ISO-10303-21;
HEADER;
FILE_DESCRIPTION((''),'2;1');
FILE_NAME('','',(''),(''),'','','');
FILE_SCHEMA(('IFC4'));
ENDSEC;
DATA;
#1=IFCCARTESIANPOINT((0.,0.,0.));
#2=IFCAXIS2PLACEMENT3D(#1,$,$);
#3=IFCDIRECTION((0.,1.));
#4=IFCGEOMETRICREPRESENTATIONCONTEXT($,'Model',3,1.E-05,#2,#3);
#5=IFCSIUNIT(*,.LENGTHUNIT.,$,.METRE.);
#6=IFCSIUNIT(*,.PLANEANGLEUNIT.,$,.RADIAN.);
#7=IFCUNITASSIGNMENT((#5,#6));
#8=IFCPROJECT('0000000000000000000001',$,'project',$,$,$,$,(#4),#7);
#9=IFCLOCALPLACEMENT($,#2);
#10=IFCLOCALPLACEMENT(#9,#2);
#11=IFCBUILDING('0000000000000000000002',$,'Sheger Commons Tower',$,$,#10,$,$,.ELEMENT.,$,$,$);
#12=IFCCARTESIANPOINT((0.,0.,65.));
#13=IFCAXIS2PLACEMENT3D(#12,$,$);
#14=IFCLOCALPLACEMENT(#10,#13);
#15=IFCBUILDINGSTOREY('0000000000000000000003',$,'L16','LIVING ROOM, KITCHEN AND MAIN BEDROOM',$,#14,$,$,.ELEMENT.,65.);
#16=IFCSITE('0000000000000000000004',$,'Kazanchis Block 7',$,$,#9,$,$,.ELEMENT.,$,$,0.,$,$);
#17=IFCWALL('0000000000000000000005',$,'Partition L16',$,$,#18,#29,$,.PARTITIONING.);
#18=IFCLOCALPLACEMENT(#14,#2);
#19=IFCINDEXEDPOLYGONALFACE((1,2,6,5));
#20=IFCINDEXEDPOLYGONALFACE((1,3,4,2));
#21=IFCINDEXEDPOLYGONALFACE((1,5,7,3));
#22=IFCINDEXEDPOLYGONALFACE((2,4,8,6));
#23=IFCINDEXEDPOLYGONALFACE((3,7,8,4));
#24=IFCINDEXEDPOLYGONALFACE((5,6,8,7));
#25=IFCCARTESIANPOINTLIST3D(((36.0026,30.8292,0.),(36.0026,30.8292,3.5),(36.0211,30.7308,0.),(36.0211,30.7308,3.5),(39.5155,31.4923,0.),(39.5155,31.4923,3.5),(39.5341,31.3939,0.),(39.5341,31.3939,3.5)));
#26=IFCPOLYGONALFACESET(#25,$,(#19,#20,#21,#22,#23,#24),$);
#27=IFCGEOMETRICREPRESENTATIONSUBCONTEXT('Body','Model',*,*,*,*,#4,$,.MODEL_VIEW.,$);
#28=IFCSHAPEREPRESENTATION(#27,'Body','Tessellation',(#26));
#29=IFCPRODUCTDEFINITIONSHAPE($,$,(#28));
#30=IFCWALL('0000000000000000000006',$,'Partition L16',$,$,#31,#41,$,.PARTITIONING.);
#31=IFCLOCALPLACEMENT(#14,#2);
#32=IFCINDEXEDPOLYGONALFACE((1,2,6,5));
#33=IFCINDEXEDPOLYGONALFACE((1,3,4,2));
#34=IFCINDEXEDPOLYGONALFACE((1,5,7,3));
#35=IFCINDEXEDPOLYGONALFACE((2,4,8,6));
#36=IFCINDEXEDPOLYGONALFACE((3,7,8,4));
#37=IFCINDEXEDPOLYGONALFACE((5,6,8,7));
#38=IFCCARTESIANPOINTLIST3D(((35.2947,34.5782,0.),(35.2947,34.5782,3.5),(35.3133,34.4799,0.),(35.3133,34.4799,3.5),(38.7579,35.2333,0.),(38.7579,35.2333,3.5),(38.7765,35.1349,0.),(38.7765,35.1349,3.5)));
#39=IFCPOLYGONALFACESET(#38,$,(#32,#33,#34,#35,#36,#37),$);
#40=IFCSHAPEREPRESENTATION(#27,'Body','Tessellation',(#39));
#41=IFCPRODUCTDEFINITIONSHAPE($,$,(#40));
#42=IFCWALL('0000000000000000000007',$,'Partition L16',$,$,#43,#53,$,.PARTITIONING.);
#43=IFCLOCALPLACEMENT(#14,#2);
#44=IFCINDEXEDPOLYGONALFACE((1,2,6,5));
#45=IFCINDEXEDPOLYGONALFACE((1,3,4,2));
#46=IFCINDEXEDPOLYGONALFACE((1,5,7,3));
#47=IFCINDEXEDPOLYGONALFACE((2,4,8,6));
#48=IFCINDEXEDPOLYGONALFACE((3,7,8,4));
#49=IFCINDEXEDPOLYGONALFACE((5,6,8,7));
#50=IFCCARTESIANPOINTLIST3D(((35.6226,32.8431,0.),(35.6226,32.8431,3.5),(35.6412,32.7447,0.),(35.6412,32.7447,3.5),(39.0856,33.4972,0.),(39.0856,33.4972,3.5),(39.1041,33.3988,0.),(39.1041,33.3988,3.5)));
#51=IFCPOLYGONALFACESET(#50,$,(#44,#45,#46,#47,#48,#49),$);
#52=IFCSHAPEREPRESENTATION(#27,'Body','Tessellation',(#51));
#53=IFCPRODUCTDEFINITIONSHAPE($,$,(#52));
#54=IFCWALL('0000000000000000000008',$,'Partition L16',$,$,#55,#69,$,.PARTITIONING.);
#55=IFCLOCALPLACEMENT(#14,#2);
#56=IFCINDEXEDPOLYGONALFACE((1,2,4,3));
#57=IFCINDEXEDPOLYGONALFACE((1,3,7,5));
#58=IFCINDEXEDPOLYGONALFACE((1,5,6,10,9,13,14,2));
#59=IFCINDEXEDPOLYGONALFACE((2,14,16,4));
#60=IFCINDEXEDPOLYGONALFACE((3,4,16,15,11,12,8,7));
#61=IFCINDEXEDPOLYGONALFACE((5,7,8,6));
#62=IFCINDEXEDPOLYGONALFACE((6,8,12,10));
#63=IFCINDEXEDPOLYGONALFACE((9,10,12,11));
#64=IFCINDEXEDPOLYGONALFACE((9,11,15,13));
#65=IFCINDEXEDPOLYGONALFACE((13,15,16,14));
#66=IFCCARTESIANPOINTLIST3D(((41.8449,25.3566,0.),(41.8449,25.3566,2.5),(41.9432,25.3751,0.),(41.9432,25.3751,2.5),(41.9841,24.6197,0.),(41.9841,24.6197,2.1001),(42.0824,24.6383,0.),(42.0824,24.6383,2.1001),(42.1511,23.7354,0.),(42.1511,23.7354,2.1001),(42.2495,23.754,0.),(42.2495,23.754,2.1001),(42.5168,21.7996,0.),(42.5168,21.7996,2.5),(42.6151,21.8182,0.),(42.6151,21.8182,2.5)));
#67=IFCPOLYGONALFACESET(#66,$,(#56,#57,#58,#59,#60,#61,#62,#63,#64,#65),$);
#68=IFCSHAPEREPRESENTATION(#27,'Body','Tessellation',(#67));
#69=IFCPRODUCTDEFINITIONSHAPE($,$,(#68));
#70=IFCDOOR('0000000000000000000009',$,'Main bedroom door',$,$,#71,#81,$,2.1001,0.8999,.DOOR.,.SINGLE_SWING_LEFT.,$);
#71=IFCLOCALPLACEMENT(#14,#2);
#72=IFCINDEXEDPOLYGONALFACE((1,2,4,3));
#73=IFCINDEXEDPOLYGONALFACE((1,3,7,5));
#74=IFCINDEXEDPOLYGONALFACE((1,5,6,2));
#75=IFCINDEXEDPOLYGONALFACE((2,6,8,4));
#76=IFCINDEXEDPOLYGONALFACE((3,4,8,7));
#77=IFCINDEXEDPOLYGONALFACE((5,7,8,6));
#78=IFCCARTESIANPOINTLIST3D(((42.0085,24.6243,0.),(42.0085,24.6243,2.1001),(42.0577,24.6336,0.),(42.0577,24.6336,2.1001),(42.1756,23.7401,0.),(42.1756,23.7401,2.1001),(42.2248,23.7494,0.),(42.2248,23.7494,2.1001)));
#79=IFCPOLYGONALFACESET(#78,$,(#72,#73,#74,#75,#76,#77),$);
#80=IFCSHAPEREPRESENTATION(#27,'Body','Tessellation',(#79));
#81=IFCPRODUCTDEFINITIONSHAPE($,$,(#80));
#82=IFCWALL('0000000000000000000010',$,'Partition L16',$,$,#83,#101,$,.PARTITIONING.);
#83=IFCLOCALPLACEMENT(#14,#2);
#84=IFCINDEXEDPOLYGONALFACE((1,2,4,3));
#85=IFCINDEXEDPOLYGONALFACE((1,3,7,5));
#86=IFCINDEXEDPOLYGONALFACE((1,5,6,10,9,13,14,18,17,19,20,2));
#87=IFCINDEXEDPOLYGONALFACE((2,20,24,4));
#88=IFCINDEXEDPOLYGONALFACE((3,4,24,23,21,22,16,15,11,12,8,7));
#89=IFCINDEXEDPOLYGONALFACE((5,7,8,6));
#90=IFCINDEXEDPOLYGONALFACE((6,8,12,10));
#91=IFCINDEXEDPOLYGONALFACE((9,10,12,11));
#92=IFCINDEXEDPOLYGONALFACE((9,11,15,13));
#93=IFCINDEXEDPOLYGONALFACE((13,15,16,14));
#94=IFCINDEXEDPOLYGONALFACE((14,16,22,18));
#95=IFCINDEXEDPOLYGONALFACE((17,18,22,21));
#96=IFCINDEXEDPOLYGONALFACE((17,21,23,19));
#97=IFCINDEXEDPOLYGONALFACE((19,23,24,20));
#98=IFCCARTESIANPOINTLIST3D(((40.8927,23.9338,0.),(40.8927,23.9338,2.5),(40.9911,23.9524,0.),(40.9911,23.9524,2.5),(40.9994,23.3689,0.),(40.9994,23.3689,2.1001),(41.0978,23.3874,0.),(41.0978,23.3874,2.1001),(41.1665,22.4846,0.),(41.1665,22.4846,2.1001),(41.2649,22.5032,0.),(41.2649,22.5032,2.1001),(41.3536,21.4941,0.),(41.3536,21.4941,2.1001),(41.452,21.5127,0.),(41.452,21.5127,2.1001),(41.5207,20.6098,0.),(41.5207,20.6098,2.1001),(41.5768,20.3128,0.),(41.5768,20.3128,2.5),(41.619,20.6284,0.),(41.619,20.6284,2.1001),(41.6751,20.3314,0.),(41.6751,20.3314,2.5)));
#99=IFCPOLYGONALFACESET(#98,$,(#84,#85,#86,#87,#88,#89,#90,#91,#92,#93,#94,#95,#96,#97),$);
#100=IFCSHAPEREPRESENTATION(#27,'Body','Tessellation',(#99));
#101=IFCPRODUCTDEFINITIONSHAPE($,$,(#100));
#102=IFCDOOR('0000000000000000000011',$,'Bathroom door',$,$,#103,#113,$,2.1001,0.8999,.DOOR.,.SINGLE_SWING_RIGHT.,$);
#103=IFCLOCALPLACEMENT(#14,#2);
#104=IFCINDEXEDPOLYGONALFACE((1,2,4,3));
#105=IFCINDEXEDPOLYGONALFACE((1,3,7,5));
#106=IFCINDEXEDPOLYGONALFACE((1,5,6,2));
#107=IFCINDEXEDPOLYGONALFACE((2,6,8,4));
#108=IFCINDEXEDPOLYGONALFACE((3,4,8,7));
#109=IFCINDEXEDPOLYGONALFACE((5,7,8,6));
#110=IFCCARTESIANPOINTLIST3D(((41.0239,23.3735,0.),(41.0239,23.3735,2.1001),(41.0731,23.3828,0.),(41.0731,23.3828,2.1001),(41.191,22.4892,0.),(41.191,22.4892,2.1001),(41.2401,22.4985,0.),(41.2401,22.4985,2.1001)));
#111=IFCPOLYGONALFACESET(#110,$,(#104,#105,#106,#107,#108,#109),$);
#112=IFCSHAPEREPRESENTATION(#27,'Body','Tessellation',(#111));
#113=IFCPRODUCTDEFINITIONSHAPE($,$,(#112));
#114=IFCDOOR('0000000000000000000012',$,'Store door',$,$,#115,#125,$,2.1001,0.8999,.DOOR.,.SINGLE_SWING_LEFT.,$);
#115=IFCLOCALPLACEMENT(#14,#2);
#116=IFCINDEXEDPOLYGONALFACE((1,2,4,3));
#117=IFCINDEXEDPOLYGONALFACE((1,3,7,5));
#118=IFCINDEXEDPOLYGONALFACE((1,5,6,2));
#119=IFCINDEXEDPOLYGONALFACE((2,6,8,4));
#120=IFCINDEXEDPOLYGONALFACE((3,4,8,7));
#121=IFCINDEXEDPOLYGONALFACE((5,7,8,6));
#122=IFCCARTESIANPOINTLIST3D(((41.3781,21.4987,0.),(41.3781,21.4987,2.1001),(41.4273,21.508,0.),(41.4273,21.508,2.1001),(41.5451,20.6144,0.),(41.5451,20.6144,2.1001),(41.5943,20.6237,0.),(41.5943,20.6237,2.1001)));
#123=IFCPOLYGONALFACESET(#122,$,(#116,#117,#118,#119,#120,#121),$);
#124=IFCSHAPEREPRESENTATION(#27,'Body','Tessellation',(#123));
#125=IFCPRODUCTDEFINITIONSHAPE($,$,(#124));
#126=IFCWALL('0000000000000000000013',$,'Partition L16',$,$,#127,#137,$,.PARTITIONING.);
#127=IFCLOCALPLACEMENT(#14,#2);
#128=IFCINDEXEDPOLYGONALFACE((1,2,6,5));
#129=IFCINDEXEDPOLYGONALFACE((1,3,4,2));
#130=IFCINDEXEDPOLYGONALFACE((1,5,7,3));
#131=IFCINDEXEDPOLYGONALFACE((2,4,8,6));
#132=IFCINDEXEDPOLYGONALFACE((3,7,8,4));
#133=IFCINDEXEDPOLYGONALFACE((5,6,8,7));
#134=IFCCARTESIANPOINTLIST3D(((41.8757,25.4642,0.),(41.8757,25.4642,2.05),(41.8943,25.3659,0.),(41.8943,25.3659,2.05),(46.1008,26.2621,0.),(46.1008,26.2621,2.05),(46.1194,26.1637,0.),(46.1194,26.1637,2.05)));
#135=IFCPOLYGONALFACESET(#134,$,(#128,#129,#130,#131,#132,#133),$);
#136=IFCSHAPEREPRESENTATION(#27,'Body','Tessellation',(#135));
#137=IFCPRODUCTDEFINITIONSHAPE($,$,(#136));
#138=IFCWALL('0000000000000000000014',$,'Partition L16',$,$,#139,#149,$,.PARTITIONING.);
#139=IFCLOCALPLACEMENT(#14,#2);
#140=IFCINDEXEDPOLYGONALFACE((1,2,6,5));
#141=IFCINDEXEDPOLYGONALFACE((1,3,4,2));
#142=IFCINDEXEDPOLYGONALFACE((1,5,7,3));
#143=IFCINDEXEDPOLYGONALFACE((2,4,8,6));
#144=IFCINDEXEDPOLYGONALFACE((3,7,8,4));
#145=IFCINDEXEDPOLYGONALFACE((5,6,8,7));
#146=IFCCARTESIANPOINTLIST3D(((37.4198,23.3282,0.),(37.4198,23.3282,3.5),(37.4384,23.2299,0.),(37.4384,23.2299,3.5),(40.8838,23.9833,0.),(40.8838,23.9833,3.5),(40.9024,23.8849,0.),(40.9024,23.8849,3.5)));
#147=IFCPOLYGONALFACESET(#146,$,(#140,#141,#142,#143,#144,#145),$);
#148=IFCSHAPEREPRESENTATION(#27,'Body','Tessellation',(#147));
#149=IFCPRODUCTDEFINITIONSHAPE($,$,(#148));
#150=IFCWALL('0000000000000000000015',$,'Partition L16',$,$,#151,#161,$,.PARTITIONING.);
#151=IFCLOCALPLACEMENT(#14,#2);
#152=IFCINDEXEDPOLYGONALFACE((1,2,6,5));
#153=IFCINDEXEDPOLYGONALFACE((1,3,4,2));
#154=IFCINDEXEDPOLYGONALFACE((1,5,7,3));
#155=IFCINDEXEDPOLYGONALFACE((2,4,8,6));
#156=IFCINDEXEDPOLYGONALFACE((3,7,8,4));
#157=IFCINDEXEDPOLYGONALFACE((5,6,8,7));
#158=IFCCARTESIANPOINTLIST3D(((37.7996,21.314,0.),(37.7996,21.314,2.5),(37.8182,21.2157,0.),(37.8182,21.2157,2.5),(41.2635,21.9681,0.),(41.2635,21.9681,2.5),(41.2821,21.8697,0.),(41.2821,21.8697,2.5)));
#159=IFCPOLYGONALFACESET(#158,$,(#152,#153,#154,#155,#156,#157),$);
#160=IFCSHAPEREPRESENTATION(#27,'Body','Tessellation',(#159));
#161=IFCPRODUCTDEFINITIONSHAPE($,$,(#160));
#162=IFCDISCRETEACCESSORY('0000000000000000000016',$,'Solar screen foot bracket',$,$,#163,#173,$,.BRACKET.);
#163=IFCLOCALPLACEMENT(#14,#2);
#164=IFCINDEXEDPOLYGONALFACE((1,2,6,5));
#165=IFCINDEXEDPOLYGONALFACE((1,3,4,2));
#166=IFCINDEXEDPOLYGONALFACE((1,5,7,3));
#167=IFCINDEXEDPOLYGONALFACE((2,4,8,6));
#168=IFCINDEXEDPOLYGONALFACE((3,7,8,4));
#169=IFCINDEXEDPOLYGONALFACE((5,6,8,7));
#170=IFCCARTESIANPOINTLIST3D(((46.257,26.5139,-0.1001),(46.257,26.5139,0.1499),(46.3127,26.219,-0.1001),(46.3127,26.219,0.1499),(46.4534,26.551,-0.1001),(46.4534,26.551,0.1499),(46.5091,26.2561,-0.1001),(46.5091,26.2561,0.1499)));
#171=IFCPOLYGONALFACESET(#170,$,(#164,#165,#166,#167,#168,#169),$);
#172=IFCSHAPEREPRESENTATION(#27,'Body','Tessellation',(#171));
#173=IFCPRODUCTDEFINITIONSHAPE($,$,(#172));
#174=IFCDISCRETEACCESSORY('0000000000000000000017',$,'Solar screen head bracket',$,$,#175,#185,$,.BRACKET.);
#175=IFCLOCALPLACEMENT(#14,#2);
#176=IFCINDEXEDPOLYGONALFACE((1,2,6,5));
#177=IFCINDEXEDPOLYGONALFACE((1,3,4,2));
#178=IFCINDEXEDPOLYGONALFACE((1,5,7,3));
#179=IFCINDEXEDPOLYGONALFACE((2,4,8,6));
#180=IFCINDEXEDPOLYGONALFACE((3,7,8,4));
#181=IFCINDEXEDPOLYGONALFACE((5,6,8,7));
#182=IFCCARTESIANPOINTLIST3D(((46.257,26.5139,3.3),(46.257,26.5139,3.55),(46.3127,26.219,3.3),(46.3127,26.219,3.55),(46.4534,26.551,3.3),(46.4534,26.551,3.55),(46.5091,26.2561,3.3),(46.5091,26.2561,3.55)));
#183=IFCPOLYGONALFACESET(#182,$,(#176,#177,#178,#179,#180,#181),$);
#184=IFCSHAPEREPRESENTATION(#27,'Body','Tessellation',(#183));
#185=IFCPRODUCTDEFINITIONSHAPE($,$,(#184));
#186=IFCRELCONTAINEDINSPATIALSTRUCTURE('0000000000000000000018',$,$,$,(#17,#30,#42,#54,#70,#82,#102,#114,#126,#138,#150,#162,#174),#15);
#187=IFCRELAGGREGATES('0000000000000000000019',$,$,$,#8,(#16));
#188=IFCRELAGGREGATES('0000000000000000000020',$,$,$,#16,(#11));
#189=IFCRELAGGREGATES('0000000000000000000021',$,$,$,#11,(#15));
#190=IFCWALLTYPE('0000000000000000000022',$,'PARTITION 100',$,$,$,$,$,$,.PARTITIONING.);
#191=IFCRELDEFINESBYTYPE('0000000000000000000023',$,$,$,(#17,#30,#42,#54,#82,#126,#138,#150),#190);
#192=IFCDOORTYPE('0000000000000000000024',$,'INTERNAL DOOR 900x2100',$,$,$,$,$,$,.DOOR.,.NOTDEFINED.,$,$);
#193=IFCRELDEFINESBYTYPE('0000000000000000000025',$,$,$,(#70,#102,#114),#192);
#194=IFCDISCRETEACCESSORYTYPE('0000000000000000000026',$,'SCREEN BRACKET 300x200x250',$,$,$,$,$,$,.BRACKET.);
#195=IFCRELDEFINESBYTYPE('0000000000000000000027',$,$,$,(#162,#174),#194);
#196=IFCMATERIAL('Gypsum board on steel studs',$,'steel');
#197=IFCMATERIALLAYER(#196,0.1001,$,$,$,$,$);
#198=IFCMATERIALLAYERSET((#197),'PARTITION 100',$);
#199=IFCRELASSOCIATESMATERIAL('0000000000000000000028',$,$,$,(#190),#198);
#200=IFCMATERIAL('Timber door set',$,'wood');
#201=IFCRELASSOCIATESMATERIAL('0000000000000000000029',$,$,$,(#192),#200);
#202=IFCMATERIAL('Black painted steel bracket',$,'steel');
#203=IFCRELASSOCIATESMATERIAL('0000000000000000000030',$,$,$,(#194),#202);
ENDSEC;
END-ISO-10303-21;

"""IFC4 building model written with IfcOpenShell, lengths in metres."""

from ifc_helpers import new_model, si_unit, direction, frame, frame_2d, origin, origin_2d, place, context, subcontext, project, spatial, rectangle, extrude, material, layer, layer_set, type_object, element, fill, save


model = new_model("IFC4")

# Units and contexts
model_context = context("Model", 3, precision=1e-05, world=origin(), true_north=direction((0.0, 1.0)))
body_context = subcontext(model_context, "Body", "Model", "MODEL_VIEW")
ifc_project = project(units=[si_unit("LENGTHUNIT", "METRE"), si_unit("PLANEANGLEUNIT", "RADIAN")], contexts=[model_context])

# Site, building, storey
site_placement = place(None, origin())
site = spatial("IfcSite", under=ifc_project, at=site_placement, Name="Kazanchis Block 7", CompositionType="ELEMENT", RefElevation=0.0)
building_placement = place(site_placement, origin())
building = spatial("IfcBuilding", under=site, at=building_placement, Name="Sheger Commons Tower", CompositionType="ELEMENT")
storey_placement = place(building_placement, frame((0.0, 0.0, 65.0)))
storey = spatial("IfcBuildingStorey", under=building, at=storey_placement, Name="L16", Description="LIVING ROOM, KITCHEN AND MAIN BEDROOM", CompositionType="ELEMENT", Elevation=65.0)

# Walls
ifc_material_1 = material(Name="Gypsum board on steel studs", Category="steel")
ifc_layer_1 = layer(ifc_material_1, 0.1001)
ifc_layer_set_1 = layer_set([ifc_layer_1], Name="PARTITION 100")
wall_type_1 = type_object("IfcWallType", Name="PARTITION 100", PredefinedType="PARTITIONING", material=ifc_layer_set_1)
wall_1_placement = place(storey_placement, frame((39.5249, 31.4431, 0.0), z_axis=(0.0, 0.0, 1.0), x_axis=(-0.982648, -0.18548, 0.0)))
element("IfcWall", 1, at=wall_1_placement, inside=storey, type_object=wall_type_1, Name="Partition L16", PredefinedType="PARTITIONING", context=body_context, shape_type="SweptSolid", body=[
    extrude(rectangle(XDim=3.575, YDim=0.1001, at=frame_2d((1.7876, 0.0))), origin(), (0.0, 0.0, 1.0), 3.5),
])
wall_2_placement = place(storey_placement, frame((38.7671, 35.1841, 0.0), z_axis=(0.0, 0.0, 1.0), x_axis=(-0.982578, -0.185848, 0.0)))
element("IfcWall", 2, at=wall_2_placement, inside=storey, type_object=wall_type_1, Name="Partition L16", PredefinedType="PARTITIONING", context=body_context, shape_type="SweptSolid", body=[
    extrude(rectangle(XDim=3.5247, YDim=0.1001, at=frame_2d((1.7622, 0.0))), origin(), (0.0, 0.0, 1.0), 3.5),
])
wall_3_placement = place(storey_placement, frame((39.095, 33.448, 0.0), z_axis=(0.0, 0.0, 1.0), x_axis=(-0.982627, -0.185593, 0.0)))
element("IfcWall", 3, at=wall_3_placement, inside=storey, type_object=wall_type_1, Name="Partition L16", PredefinedType="PARTITIONING", context=body_context, shape_type="SweptSolid", body=[
    extrude(rectangle(XDim=3.5242, YDim=0.1001, at=frame_2d((1.7622, 0.0))), origin(), (0.0, 0.0, 1.0), 3.5),
])

# Wall, opening, door
wall_4_placement = place(storey_placement, frame((41.894, 25.366, 0.0), z_axis=(0.0, 0.0, 1.0), x_axis=(0.185612, -0.982623, 0.0)))
wall_4 = element("IfcWall", 4, at=wall_4_placement, inside=storey, type_object=wall_type_1, Name="Partition L16", PredefinedType="PARTITIONING", context=body_context, shape_type="SweptSolid", body=[
    extrude(rectangle(XDim=3.6199, YDim=0.1001, at=frame_2d((1.8101, 0.0))), origin(), (0.0, 0.0, 1.0), 2.5),
])
opening_1_placement = place(wall_4_placement, frame((0.75, 0.0, 0.0)))
opening_1 = element("IfcOpeningElement", 5, at=opening_1_placement, cuts=wall_4, PredefinedType="OPENING", context=body_context, shape_type="SweptSolid", body=[
    extrude(rectangle(XDim=0.8999, YDim=2.1001, at=frame_2d((0.45, 1.05))), frame((0.0, 0.0601, 0.0), z_axis=(0.0, -1.0, 0.0), x_axis=(1.0, 0.0, 0.0)), (0.0, 0.0, 1.0), 0.1201),
])
ifc_material_2 = material(Name="Timber door set", Category="wood")
door_type = type_object("IfcDoorType", Name="INTERNAL DOOR 900x2100", OperationType="NOTDEFINED", PredefinedType="DOOR", material=ifc_material_2)
door_1_placement = place(opening_1_placement, origin())
door_1 = element("IfcDoor", 6, at=door_1_placement, inside=storey, type_object=door_type, Name="Main bedroom door", OperationType="SINGLE_SWING_LEFT", OverallHeight=2.1001, OverallWidth=0.8999, PredefinedType="DOOR", context=body_context, shape_type="SweptSolid", body=[
    extrude(rectangle(XDim=0.8999, YDim=2.1001, at=frame_2d((0.45, 1.05))), frame((0.0, 0.0249, 0.0), z_axis=(0.0, -1.0, 0.0), x_axis=(1.0, 0.0, 0.0)), (0.0, 0.0, 1.0), 0.05),
])
fill(opening_1, door_1)

# Wall, openings, doors
wall_5_placement = place(storey_placement, frame((40.9419, 23.9431, 0.0), z_axis=(0.0, 0.0, 1.0), x_axis=(0.185632, -0.982619, 0.0)))
wall_5 = element("IfcWall", 7, at=wall_5_placement, inside=storey, type_object=wall_type_1, Name="Partition L16", PredefinedType="PARTITIONING", context=body_context, shape_type="SweptSolid", body=[
    extrude(rectangle(XDim=3.6851, YDim=0.1001, at=frame_2d((1.8425, 0.0))), origin(), (0.0, 0.0, 1.0), 2.5),
])
opening_2_placement = place(wall_5_placement, frame((0.575, 0.0, 0.0)))
opening_2 = element("IfcOpeningElement", 8, at=opening_2_placement, cuts=wall_5, PredefinedType="OPENING", context=body_context, shape_type="SweptSolid", body=[
    extrude(rectangle(XDim=0.8999, YDim=2.1001, at=frame_2d((0.45, 1.05))), frame((0.0, 0.0601, 0.0), z_axis=(0.0, -1.0, 0.0), x_axis=(1.0, 0.0, 0.0)), (0.0, 0.0, 1.0), 0.1201),
])
opening_3_placement = place(wall_5_placement, frame((2.4829, 0.0, 0.0)))
opening_3 = element("IfcOpeningElement", 9, at=opening_3_placement, cuts=wall_5, PredefinedType="OPENING", context=body_context, shape_type="SweptSolid", body=[
    extrude(rectangle(XDim=0.8999, YDim=2.1001, at=frame_2d((0.45, 1.05))), frame((0.0, 0.0601, 0.0), z_axis=(0.0, -1.0, 0.0), x_axis=(1.0, 0.0, 0.0)), (0.0, 0.0, 1.0), 0.1201),
])
door_2_placement = place(opening_2_placement, origin())
door_2 = element("IfcDoor", 10, at=door_2_placement, inside=storey, type_object=door_type, Name="Bathroom door", OperationType="SINGLE_SWING_RIGHT", OverallHeight=2.1001, OverallWidth=0.8999, PredefinedType="DOOR", context=body_context, shape_type="SweptSolid", body=[
    extrude(rectangle(XDim=0.8999, YDim=2.1001, at=frame_2d((0.45, 1.05))), frame((0.0, 0.0249, 0.0), z_axis=(0.0, -1.0, 0.0), x_axis=(1.0, 0.0, 0.0)), (0.0, 0.0, 1.0), 0.05),
])
fill(opening_2, door_2)
door_3_placement = place(opening_3_placement, origin())
door_3 = element("IfcDoor", 11, at=door_3_placement, inside=storey, type_object=door_type, Name="Store door", OperationType="SINGLE_SWING_LEFT", OverallHeight=2.1001, OverallWidth=0.8999, PredefinedType="DOOR", context=body_context, shape_type="SweptSolid", body=[
    extrude(rectangle(XDim=0.8999, YDim=2.1001, at=frame_2d((0.45, 1.05))), frame((0.0, 0.0249, 0.0), z_axis=(0.0, -1.0, 0.0), x_axis=(1.0, 0.0, 0.0)), (0.0, 0.0, 1.0), 0.05),
])
fill(opening_3, door_3)

# Walls
wall_6_placement = place(storey_placement, frame((46.1101, 26.2129, 0.0), z_axis=(0.0, 0.0, 1.0), x_axis=(-0.982634, -0.185557, 0.0)))
element("IfcWall", 12, at=wall_6_placement, inside=storey, type_object=wall_type_1, Name="Partition L16", PredefinedType="PARTITIONING", context=body_context, shape_type="SweptSolid", body=[
    extrude(rectangle(XDim=4.2998, YDim=0.1001, at=frame_2d((2.1499, 0.0))), origin(), (0.0, 0.0, 1.0), 2.05),
])
wall_7_placement = place(storey_placement, frame((40.8931, 23.9341, 0.0), z_axis=(0.0, 0.0, 1.0), x_axis=(-0.982588, -0.185798, 0.0)))
element("IfcWall", 13, at=wall_7_placement, inside=storey, type_object=wall_type_1, Name="Partition L16", PredefinedType="PARTITIONING", context=body_context, shape_type="SweptSolid", body=[
    extrude(rectangle(XDim=3.5254, YDim=0.1001, at=frame_2d((1.7627, 0.0))), origin(), (0.0, 0.0, 1.0), 3.5),
])
wall_8_placement = place(storey_placement, frame((41.2729, 21.9189, 0.0), z_axis=(0.0, 0.0, 1.0), x_axis=(-0.982636, -0.185543, 0.0)))
element("IfcWall", 14, at=wall_8_placement, inside=storey, type_object=wall_type_1, Name="Partition L16", PredefinedType="PARTITIONING", context=body_context, shape_type="SweptSolid", body=[
    extrude(rectangle(XDim=3.5251, YDim=0.1001, at=frame_2d((1.7627, 0.0))), origin(), (0.0, 0.0, 1.0), 2.5),
])

# Discrete accessories
ifc_material_3 = material(Name="Black painted steel bracket", Category="steel")
discrete_accessory_type = type_object("IfcDiscreteAccessoryType", Name="SCREEN BRACKET 300x200x250", PredefinedType="BRACKET", material=ifc_material_3)
for number, where, z_axis, x_axis, name in (
    (15, (46.3831, 26.385, -0.1001), (0.0, 0.0, 1.0), (-0.185615, 0.982623, 0.0), "Solar screen foot bracket"),
    (16, (46.3831, 26.385, 3.3), (0.0, 0.0, 1.0), (-0.185615, 0.982623, 0.0), "Solar screen head bracket"),
):
    element("IfcDiscreteAccessory", number, at=place(storey_placement, frame(where, z_axis=z_axis, x_axis=x_axis)), inside=storey, type_object=discrete_accessory_type, Name=name, PredefinedType="BRACKET", context=body_context, shape_type="SweptSolid", body=[
        extrude(rectangle(XDim=0.3, YDim=0.2, at=origin_2d()), origin(), (0.0, 0.0, 1.0), 0.25),
    ])

save(model, "model.ifc")
